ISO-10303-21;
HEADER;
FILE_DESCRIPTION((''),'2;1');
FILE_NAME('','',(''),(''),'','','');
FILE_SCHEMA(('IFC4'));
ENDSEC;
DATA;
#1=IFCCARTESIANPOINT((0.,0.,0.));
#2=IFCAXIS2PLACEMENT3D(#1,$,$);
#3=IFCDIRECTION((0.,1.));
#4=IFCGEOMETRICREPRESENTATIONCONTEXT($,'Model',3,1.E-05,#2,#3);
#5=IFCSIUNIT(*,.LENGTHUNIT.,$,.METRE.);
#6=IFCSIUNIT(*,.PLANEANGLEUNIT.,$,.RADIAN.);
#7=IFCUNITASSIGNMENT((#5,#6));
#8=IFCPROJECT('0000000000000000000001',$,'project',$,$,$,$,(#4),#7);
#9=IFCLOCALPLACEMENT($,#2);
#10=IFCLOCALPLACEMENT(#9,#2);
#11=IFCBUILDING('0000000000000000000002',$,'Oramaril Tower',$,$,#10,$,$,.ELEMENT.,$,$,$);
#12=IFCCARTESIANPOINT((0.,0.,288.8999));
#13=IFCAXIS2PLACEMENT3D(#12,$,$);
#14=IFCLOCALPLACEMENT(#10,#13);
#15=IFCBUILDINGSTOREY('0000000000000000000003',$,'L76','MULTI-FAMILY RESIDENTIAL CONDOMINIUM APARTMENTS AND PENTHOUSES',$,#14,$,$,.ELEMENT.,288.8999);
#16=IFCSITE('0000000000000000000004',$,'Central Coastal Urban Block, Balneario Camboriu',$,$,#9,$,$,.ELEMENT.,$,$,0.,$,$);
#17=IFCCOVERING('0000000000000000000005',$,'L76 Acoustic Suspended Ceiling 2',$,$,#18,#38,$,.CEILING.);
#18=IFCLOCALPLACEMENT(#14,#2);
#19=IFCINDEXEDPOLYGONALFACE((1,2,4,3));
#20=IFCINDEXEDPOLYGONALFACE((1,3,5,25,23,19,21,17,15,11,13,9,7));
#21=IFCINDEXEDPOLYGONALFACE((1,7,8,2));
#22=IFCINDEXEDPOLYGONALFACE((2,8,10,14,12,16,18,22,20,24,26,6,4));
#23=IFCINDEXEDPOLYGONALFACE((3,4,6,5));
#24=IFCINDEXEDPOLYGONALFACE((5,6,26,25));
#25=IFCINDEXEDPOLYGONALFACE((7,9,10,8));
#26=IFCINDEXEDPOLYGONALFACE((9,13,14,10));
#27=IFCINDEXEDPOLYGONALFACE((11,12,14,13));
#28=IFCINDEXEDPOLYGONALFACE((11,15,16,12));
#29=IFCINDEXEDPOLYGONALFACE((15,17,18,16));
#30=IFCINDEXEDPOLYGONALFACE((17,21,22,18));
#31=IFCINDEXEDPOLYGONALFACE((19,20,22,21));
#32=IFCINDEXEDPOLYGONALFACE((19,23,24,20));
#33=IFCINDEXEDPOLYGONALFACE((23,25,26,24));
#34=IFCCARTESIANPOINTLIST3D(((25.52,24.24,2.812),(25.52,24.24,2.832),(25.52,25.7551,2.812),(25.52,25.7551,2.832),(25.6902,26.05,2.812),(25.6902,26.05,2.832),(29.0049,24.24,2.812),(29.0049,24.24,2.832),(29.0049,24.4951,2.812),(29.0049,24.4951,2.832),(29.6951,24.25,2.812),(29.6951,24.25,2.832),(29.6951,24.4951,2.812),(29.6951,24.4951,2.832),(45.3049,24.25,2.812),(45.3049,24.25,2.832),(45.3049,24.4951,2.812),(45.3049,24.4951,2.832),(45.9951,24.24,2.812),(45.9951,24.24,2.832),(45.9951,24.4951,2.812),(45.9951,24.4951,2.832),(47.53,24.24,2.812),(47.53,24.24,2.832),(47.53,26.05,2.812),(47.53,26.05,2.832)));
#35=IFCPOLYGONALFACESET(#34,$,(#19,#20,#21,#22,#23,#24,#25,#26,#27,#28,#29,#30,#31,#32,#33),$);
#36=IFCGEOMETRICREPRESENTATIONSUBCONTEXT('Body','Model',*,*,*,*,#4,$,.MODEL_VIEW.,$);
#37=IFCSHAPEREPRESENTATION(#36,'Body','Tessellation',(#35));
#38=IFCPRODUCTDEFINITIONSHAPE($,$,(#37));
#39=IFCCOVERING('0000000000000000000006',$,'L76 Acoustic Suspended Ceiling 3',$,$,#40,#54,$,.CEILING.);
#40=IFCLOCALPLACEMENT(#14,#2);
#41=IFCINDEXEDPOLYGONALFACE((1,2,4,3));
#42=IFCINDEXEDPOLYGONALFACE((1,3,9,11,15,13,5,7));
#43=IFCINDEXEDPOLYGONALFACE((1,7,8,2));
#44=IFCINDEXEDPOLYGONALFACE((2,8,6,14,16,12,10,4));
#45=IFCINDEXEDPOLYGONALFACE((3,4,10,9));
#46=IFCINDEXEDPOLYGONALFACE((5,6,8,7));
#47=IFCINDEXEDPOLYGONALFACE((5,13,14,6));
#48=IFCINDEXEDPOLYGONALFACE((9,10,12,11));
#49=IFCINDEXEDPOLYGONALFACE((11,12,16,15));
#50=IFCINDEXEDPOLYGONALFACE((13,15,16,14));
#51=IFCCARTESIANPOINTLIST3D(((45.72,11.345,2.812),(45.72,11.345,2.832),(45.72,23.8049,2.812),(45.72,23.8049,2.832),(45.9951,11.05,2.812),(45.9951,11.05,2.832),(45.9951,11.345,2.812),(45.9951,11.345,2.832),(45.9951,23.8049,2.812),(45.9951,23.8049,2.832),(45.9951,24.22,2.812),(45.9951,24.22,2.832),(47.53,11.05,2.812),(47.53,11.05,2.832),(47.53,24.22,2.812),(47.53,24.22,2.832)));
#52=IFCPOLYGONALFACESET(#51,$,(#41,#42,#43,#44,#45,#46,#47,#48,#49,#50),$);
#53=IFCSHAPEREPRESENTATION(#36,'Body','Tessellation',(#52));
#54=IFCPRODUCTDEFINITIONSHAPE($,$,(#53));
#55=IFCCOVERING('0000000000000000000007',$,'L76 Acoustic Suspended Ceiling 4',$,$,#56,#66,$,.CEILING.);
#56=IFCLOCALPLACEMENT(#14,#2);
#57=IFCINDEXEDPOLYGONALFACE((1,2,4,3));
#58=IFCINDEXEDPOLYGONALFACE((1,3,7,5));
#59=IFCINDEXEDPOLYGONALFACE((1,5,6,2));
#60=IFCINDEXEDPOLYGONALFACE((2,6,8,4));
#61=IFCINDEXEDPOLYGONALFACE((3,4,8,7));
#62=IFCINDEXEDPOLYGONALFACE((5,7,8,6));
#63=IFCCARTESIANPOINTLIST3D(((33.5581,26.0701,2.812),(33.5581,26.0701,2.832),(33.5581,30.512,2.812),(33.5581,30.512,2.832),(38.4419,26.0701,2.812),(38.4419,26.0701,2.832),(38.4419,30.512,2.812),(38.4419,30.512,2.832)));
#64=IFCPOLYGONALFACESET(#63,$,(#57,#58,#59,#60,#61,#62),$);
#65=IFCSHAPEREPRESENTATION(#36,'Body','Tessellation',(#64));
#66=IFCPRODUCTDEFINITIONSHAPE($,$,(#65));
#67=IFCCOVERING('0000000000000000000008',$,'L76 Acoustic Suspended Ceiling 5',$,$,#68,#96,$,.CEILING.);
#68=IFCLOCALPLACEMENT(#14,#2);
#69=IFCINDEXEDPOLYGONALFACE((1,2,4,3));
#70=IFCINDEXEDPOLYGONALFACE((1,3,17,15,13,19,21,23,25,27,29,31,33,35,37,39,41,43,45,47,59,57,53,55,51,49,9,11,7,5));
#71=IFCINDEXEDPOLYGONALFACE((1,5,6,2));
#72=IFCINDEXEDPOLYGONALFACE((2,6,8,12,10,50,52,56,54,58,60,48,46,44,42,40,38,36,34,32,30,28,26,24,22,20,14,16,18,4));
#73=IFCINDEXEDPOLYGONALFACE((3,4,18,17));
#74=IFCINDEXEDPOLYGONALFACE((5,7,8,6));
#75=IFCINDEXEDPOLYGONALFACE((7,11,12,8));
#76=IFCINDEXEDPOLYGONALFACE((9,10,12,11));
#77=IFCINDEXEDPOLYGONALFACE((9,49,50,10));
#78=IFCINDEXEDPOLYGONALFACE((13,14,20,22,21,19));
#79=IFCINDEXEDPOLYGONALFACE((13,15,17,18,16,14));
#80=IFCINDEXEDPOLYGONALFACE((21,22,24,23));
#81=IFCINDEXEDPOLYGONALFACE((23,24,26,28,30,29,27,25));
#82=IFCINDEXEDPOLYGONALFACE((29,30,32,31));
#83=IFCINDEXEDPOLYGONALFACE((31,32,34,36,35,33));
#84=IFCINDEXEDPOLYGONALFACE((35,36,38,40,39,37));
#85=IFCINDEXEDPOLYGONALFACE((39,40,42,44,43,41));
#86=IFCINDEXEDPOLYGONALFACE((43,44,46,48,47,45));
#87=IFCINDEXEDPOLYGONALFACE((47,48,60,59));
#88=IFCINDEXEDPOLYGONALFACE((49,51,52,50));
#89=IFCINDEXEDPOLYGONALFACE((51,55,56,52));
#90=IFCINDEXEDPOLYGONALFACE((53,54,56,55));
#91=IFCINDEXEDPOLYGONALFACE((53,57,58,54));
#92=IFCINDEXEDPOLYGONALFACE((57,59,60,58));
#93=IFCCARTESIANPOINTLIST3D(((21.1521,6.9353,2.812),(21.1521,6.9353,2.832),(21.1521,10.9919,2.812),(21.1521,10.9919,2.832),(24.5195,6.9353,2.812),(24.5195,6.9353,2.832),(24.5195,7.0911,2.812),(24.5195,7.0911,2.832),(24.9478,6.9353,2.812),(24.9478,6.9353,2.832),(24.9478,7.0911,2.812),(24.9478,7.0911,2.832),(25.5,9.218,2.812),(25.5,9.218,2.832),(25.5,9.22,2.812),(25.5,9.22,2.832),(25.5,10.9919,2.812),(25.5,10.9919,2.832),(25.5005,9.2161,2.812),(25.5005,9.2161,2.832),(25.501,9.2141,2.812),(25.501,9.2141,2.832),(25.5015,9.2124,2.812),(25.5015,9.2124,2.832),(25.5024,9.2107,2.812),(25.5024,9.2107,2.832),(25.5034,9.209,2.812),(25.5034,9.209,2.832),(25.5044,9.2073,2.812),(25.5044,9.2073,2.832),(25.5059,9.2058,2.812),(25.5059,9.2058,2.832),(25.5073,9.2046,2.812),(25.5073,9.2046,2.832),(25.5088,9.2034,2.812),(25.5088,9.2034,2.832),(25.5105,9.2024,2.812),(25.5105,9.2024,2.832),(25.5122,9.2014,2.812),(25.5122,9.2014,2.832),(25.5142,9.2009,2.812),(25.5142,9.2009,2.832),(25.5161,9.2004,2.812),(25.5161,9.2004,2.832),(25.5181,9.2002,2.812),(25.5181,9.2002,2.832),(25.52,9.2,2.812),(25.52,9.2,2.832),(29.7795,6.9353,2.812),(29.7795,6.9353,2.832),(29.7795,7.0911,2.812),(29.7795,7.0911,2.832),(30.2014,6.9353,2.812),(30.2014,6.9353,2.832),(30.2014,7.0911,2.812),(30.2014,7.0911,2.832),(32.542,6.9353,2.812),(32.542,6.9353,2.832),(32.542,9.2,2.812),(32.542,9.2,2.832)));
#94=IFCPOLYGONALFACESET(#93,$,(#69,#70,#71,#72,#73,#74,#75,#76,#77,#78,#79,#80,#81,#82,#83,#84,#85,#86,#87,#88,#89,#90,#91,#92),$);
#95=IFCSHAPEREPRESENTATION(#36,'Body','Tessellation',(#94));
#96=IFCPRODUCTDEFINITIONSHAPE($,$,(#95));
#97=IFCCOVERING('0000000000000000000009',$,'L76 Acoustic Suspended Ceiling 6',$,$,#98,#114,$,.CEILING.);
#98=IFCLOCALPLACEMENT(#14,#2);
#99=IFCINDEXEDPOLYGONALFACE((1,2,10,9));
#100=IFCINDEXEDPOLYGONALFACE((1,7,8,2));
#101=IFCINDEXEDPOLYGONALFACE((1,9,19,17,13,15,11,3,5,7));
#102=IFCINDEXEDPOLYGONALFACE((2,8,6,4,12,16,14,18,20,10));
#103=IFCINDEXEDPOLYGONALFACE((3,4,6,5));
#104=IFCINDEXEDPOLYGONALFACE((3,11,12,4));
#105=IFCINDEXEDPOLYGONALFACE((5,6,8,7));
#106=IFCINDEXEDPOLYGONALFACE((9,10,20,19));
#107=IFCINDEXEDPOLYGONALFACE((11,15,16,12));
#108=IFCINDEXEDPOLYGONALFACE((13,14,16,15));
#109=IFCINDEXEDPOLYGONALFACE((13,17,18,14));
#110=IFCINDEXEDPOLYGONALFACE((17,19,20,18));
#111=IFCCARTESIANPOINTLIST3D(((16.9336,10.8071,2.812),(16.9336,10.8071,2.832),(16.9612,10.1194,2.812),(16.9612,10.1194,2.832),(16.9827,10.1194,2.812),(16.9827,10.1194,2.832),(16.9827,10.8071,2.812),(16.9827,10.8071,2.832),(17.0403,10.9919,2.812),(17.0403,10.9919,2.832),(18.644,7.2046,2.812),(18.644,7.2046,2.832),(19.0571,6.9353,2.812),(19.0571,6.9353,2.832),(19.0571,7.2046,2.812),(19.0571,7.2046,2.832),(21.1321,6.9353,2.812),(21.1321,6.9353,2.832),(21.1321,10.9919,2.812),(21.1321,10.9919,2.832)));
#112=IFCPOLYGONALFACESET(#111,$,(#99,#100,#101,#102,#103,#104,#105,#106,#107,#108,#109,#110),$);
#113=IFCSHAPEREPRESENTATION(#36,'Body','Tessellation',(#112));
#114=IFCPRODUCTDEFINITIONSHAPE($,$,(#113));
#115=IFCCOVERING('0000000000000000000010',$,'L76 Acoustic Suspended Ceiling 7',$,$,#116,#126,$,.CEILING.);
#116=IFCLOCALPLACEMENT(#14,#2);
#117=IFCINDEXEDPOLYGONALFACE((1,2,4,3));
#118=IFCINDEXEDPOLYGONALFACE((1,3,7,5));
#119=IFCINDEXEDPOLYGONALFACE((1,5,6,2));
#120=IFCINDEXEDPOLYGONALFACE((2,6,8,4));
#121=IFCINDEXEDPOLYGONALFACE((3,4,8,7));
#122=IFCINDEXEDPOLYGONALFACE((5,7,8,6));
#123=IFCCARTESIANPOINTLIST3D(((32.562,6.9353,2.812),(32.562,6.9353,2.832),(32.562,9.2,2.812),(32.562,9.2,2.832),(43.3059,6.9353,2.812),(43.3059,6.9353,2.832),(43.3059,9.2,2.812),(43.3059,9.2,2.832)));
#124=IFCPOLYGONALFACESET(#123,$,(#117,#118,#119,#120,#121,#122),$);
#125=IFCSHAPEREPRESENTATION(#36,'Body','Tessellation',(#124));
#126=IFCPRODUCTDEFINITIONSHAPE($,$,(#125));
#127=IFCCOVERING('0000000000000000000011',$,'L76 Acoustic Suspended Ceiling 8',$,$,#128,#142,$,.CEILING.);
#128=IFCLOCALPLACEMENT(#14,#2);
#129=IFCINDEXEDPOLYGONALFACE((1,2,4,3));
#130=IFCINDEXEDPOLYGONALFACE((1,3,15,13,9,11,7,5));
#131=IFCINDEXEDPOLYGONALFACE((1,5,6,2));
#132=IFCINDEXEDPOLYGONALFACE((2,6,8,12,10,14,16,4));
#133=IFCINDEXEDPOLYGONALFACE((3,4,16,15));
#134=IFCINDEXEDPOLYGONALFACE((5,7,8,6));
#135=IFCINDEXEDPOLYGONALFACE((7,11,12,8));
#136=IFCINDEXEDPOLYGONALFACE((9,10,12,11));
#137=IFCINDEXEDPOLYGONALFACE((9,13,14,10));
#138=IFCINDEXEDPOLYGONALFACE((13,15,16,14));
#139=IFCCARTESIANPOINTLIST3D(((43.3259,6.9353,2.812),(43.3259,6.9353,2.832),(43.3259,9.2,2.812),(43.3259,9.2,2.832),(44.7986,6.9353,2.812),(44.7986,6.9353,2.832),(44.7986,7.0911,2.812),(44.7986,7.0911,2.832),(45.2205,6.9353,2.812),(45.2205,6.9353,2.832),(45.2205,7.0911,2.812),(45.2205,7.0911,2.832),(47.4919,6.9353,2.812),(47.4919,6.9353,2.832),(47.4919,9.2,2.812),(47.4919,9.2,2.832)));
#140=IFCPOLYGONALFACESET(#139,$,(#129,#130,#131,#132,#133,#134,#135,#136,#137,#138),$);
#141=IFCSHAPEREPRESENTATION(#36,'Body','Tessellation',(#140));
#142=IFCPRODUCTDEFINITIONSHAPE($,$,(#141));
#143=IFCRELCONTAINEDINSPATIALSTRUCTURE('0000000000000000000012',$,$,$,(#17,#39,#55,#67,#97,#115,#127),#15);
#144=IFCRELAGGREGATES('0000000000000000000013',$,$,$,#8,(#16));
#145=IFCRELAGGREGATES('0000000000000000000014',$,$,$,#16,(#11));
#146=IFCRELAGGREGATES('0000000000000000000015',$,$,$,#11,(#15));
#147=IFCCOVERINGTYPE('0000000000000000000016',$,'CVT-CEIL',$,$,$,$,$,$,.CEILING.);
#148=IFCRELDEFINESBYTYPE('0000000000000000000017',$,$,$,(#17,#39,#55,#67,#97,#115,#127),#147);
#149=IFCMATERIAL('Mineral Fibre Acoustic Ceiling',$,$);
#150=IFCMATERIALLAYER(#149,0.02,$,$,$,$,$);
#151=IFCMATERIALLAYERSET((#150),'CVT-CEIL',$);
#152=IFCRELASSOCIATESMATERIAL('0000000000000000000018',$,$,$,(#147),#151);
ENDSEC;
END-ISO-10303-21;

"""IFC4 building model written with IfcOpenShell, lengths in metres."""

from ifc_helpers import new_model, si_unit, direction, frame, origin, place, context, subcontext, project, spatial, polyline, outline, extrude, material, layer, layer_set, type_object, element, save


model = new_model("IFC4")

# Units and contexts
model_context = context("Model", 3, precision=1e-05, world=origin(), true_north=direction((0.0, 1.0)))
body_context = subcontext(model_context, "Body", "Model", "MODEL_VIEW")
ifc_project = project(units=[si_unit("LENGTHUNIT", "METRE"), si_unit("PLANEANGLEUNIT", "RADIAN")], contexts=[model_context])

# Site, building, storey
site_placement = place(None, origin())
site = spatial("IfcSite", under=ifc_project, at=site_placement, Name="Central Coastal Urban Block, Balneario Camboriu", CompositionType="ELEMENT", RefElevation=0.0)
building_placement = place(site_placement, origin())
building = spatial("IfcBuilding", under=site, at=building_placement, Name="Oramaril Tower", CompositionType="ELEMENT")
storey_placement = place(building_placement, frame((0.0, 0.0, 288.8999)))
storey = spatial("IfcBuildingStorey", under=building, at=storey_placement, Name="L76", Description="MULTI-FAMILY RESIDENTIAL CONDOMINIUM APARTMENTS AND PENTHOUSES", CompositionType="ELEMENT", Elevation=288.8999)

# Coverings
ifc_material_1 = material(Name="Mineral Fibre Acoustic Ceiling")
ifc_layer_1 = layer(ifc_material_1, 0.02)
ifc_layer_set_1 = layer_set([ifc_layer_1], Name="CVT-CEIL")
covering_type_1 = type_object("IfcCoveringType", Name="CVT-CEIL", PredefinedType="CEILING", material=ifc_layer_set_1)
covering_1_placement = place(storey_placement, frame((0.0, 0.0, 2.812)))
element("IfcCovering", 1, at=covering_1_placement, inside=storey, type_object=covering_type_1, Name="L76 Acoustic Suspended Ceiling 2", PredefinedType="CEILING", context=body_context, shape_type="SweptSolid", body=[
    extrude(outline(polyline([(45.9951, 24.24), (45.9951, 24.4951), (45.3049, 24.4951), (45.3049, 24.25), (29.6951, 24.25), (29.6951, 24.4951), (29.0049, 24.4951), (29.0049, 24.24), (25.52, 24.24), (25.52, 25.7551), (25.6902, 26.05), (47.53, 26.05), (47.53, 24.24), (45.9951, 24.24)])), origin(), (0.0, 0.0, 1.0), 0.02),
])
covering_2_placement = place(storey_placement, frame((0.0, 0.0, 2.812)))
element("IfcCovering", 2, at=covering_2_placement, inside=storey, type_object=covering_type_1, Name="L76 Acoustic Suspended Ceiling 3", PredefinedType="CEILING", context=body_context, shape_type="SweptSolid", body=[
    extrude(outline(polyline([(47.53, 11.05), (45.9951, 11.05), (45.9951, 11.345), (45.72, 11.345), (45.72, 23.8049), (45.9951, 23.8049), (45.9951, 24.22), (47.53, 24.22), (47.53, 11.05)])), origin(), (0.0, 0.0, 1.0), 0.02),
])
covering_3_placement = place(storey_placement, frame((0.0, 0.0, 2.812)))
element("IfcCovering", 3, at=covering_3_placement, inside=storey, type_object=covering_type_1, Name="L76 Acoustic Suspended Ceiling 4", PredefinedType="CEILING", context=body_context, shape_type="SweptSolid", body=[
    extrude(outline(polyline([(38.4419, 30.512), (38.4419, 26.0701), (33.5581, 26.0701), (33.5581, 30.512), (38.4419, 30.512)])), origin(), (0.0, 0.0, 1.0), 0.02),
])
covering_4_placement = place(storey_placement, frame((0.0, 0.0, 2.812)))
element("IfcCovering", 4, at=covering_4_placement, inside=storey, type_object=covering_type_1, Name="L76 Acoustic Suspended Ceiling 5", PredefinedType="CEILING", context=body_context, shape_type="SweptSolid", body=[
    extrude(outline(polyline([(32.542, 6.9353), (30.2014, 6.9353), (30.2014, 7.0911), (29.7795, 7.0911), (29.7795, 6.9353), (24.9478, 6.9353), (24.9478, 7.0911), (24.5195, 7.0911), (24.5195, 6.9353), (21.1521, 6.9353), (21.1521, 10.9919), (25.5, 10.9919), (25.5, 9.22), (25.5, 9.218), (25.5005, 9.2161), (25.501, 9.2141), (25.5015, 9.2124), (25.5024, 9.2107), (25.5034, 9.209), (25.5044, 9.2073), (25.5059, 9.2058), (25.5073, 9.2046), (25.5088, 9.2034), (25.5105, 9.2024), (25.5122, 9.2014), (25.5142, 9.2009), (25.5161, 9.2004), (25.5181, 9.2002), (25.52, 9.2), (32.542, 9.2), (32.542, 6.9353)])), origin(), (0.0, 0.0, 1.0), 0.02),
])
covering_5_placement = place(storey_placement, frame((0.0, 0.0, 2.812)))
element("IfcCovering", 5, at=covering_5_placement, inside=storey, type_object=covering_type_1, Name="L76 Acoustic Suspended Ceiling 6", PredefinedType="CEILING", context=body_context, shape_type="SweptSolid", body=[
    extrude(outline(polyline([(19.0571, 6.9353), (19.0571, 7.2046), (18.644, 7.2046), (16.9612, 10.1194), (16.9827, 10.1194), (16.9827, 10.8071), (16.9336, 10.8071), (17.0403, 10.9919), (21.1321, 10.9919), (21.1321, 6.9353), (19.0571, 6.9353)])), origin(), (0.0, 0.0, 1.0), 0.02),
])
covering_6_placement = place(storey_placement, frame((0.0, 0.0, 2.812)))
element("IfcCovering", 6, at=covering_6_placement, inside=storey, type_object=covering_type_1, Name="L76 Acoustic Suspended Ceiling 7", PredefinedType="CEILING", context=body_context, shape_type="SweptSolid", body=[
    extrude(outline(polyline([(32.562, 6.9353), (32.562, 9.2), (43.3059, 9.2), (43.3059, 6.9353), (32.562, 6.9353)])), origin(), (0.0, 0.0, 1.0), 0.02),
])
covering_7_placement = place(storey_placement, frame((0.0, 0.0, 2.812)))
element("IfcCovering", 7, at=covering_7_placement, inside=storey, type_object=covering_type_1, Name="L76 Acoustic Suspended Ceiling 8", PredefinedType="CEILING", context=body_context, shape_type="SweptSolid", body=[
    extrude(outline(polyline([(45.2205, 7.0911), (44.7986, 7.0911), (44.7986, 6.9353), (43.3259, 6.9353), (43.3259, 9.2), (47.4919, 9.2), (47.4919, 6.9353), (45.2205, 6.9353), (45.2205, 7.0911)])), origin(), (0.0, 0.0, 1.0), 0.02),
])

save(model, "model.ifc")
